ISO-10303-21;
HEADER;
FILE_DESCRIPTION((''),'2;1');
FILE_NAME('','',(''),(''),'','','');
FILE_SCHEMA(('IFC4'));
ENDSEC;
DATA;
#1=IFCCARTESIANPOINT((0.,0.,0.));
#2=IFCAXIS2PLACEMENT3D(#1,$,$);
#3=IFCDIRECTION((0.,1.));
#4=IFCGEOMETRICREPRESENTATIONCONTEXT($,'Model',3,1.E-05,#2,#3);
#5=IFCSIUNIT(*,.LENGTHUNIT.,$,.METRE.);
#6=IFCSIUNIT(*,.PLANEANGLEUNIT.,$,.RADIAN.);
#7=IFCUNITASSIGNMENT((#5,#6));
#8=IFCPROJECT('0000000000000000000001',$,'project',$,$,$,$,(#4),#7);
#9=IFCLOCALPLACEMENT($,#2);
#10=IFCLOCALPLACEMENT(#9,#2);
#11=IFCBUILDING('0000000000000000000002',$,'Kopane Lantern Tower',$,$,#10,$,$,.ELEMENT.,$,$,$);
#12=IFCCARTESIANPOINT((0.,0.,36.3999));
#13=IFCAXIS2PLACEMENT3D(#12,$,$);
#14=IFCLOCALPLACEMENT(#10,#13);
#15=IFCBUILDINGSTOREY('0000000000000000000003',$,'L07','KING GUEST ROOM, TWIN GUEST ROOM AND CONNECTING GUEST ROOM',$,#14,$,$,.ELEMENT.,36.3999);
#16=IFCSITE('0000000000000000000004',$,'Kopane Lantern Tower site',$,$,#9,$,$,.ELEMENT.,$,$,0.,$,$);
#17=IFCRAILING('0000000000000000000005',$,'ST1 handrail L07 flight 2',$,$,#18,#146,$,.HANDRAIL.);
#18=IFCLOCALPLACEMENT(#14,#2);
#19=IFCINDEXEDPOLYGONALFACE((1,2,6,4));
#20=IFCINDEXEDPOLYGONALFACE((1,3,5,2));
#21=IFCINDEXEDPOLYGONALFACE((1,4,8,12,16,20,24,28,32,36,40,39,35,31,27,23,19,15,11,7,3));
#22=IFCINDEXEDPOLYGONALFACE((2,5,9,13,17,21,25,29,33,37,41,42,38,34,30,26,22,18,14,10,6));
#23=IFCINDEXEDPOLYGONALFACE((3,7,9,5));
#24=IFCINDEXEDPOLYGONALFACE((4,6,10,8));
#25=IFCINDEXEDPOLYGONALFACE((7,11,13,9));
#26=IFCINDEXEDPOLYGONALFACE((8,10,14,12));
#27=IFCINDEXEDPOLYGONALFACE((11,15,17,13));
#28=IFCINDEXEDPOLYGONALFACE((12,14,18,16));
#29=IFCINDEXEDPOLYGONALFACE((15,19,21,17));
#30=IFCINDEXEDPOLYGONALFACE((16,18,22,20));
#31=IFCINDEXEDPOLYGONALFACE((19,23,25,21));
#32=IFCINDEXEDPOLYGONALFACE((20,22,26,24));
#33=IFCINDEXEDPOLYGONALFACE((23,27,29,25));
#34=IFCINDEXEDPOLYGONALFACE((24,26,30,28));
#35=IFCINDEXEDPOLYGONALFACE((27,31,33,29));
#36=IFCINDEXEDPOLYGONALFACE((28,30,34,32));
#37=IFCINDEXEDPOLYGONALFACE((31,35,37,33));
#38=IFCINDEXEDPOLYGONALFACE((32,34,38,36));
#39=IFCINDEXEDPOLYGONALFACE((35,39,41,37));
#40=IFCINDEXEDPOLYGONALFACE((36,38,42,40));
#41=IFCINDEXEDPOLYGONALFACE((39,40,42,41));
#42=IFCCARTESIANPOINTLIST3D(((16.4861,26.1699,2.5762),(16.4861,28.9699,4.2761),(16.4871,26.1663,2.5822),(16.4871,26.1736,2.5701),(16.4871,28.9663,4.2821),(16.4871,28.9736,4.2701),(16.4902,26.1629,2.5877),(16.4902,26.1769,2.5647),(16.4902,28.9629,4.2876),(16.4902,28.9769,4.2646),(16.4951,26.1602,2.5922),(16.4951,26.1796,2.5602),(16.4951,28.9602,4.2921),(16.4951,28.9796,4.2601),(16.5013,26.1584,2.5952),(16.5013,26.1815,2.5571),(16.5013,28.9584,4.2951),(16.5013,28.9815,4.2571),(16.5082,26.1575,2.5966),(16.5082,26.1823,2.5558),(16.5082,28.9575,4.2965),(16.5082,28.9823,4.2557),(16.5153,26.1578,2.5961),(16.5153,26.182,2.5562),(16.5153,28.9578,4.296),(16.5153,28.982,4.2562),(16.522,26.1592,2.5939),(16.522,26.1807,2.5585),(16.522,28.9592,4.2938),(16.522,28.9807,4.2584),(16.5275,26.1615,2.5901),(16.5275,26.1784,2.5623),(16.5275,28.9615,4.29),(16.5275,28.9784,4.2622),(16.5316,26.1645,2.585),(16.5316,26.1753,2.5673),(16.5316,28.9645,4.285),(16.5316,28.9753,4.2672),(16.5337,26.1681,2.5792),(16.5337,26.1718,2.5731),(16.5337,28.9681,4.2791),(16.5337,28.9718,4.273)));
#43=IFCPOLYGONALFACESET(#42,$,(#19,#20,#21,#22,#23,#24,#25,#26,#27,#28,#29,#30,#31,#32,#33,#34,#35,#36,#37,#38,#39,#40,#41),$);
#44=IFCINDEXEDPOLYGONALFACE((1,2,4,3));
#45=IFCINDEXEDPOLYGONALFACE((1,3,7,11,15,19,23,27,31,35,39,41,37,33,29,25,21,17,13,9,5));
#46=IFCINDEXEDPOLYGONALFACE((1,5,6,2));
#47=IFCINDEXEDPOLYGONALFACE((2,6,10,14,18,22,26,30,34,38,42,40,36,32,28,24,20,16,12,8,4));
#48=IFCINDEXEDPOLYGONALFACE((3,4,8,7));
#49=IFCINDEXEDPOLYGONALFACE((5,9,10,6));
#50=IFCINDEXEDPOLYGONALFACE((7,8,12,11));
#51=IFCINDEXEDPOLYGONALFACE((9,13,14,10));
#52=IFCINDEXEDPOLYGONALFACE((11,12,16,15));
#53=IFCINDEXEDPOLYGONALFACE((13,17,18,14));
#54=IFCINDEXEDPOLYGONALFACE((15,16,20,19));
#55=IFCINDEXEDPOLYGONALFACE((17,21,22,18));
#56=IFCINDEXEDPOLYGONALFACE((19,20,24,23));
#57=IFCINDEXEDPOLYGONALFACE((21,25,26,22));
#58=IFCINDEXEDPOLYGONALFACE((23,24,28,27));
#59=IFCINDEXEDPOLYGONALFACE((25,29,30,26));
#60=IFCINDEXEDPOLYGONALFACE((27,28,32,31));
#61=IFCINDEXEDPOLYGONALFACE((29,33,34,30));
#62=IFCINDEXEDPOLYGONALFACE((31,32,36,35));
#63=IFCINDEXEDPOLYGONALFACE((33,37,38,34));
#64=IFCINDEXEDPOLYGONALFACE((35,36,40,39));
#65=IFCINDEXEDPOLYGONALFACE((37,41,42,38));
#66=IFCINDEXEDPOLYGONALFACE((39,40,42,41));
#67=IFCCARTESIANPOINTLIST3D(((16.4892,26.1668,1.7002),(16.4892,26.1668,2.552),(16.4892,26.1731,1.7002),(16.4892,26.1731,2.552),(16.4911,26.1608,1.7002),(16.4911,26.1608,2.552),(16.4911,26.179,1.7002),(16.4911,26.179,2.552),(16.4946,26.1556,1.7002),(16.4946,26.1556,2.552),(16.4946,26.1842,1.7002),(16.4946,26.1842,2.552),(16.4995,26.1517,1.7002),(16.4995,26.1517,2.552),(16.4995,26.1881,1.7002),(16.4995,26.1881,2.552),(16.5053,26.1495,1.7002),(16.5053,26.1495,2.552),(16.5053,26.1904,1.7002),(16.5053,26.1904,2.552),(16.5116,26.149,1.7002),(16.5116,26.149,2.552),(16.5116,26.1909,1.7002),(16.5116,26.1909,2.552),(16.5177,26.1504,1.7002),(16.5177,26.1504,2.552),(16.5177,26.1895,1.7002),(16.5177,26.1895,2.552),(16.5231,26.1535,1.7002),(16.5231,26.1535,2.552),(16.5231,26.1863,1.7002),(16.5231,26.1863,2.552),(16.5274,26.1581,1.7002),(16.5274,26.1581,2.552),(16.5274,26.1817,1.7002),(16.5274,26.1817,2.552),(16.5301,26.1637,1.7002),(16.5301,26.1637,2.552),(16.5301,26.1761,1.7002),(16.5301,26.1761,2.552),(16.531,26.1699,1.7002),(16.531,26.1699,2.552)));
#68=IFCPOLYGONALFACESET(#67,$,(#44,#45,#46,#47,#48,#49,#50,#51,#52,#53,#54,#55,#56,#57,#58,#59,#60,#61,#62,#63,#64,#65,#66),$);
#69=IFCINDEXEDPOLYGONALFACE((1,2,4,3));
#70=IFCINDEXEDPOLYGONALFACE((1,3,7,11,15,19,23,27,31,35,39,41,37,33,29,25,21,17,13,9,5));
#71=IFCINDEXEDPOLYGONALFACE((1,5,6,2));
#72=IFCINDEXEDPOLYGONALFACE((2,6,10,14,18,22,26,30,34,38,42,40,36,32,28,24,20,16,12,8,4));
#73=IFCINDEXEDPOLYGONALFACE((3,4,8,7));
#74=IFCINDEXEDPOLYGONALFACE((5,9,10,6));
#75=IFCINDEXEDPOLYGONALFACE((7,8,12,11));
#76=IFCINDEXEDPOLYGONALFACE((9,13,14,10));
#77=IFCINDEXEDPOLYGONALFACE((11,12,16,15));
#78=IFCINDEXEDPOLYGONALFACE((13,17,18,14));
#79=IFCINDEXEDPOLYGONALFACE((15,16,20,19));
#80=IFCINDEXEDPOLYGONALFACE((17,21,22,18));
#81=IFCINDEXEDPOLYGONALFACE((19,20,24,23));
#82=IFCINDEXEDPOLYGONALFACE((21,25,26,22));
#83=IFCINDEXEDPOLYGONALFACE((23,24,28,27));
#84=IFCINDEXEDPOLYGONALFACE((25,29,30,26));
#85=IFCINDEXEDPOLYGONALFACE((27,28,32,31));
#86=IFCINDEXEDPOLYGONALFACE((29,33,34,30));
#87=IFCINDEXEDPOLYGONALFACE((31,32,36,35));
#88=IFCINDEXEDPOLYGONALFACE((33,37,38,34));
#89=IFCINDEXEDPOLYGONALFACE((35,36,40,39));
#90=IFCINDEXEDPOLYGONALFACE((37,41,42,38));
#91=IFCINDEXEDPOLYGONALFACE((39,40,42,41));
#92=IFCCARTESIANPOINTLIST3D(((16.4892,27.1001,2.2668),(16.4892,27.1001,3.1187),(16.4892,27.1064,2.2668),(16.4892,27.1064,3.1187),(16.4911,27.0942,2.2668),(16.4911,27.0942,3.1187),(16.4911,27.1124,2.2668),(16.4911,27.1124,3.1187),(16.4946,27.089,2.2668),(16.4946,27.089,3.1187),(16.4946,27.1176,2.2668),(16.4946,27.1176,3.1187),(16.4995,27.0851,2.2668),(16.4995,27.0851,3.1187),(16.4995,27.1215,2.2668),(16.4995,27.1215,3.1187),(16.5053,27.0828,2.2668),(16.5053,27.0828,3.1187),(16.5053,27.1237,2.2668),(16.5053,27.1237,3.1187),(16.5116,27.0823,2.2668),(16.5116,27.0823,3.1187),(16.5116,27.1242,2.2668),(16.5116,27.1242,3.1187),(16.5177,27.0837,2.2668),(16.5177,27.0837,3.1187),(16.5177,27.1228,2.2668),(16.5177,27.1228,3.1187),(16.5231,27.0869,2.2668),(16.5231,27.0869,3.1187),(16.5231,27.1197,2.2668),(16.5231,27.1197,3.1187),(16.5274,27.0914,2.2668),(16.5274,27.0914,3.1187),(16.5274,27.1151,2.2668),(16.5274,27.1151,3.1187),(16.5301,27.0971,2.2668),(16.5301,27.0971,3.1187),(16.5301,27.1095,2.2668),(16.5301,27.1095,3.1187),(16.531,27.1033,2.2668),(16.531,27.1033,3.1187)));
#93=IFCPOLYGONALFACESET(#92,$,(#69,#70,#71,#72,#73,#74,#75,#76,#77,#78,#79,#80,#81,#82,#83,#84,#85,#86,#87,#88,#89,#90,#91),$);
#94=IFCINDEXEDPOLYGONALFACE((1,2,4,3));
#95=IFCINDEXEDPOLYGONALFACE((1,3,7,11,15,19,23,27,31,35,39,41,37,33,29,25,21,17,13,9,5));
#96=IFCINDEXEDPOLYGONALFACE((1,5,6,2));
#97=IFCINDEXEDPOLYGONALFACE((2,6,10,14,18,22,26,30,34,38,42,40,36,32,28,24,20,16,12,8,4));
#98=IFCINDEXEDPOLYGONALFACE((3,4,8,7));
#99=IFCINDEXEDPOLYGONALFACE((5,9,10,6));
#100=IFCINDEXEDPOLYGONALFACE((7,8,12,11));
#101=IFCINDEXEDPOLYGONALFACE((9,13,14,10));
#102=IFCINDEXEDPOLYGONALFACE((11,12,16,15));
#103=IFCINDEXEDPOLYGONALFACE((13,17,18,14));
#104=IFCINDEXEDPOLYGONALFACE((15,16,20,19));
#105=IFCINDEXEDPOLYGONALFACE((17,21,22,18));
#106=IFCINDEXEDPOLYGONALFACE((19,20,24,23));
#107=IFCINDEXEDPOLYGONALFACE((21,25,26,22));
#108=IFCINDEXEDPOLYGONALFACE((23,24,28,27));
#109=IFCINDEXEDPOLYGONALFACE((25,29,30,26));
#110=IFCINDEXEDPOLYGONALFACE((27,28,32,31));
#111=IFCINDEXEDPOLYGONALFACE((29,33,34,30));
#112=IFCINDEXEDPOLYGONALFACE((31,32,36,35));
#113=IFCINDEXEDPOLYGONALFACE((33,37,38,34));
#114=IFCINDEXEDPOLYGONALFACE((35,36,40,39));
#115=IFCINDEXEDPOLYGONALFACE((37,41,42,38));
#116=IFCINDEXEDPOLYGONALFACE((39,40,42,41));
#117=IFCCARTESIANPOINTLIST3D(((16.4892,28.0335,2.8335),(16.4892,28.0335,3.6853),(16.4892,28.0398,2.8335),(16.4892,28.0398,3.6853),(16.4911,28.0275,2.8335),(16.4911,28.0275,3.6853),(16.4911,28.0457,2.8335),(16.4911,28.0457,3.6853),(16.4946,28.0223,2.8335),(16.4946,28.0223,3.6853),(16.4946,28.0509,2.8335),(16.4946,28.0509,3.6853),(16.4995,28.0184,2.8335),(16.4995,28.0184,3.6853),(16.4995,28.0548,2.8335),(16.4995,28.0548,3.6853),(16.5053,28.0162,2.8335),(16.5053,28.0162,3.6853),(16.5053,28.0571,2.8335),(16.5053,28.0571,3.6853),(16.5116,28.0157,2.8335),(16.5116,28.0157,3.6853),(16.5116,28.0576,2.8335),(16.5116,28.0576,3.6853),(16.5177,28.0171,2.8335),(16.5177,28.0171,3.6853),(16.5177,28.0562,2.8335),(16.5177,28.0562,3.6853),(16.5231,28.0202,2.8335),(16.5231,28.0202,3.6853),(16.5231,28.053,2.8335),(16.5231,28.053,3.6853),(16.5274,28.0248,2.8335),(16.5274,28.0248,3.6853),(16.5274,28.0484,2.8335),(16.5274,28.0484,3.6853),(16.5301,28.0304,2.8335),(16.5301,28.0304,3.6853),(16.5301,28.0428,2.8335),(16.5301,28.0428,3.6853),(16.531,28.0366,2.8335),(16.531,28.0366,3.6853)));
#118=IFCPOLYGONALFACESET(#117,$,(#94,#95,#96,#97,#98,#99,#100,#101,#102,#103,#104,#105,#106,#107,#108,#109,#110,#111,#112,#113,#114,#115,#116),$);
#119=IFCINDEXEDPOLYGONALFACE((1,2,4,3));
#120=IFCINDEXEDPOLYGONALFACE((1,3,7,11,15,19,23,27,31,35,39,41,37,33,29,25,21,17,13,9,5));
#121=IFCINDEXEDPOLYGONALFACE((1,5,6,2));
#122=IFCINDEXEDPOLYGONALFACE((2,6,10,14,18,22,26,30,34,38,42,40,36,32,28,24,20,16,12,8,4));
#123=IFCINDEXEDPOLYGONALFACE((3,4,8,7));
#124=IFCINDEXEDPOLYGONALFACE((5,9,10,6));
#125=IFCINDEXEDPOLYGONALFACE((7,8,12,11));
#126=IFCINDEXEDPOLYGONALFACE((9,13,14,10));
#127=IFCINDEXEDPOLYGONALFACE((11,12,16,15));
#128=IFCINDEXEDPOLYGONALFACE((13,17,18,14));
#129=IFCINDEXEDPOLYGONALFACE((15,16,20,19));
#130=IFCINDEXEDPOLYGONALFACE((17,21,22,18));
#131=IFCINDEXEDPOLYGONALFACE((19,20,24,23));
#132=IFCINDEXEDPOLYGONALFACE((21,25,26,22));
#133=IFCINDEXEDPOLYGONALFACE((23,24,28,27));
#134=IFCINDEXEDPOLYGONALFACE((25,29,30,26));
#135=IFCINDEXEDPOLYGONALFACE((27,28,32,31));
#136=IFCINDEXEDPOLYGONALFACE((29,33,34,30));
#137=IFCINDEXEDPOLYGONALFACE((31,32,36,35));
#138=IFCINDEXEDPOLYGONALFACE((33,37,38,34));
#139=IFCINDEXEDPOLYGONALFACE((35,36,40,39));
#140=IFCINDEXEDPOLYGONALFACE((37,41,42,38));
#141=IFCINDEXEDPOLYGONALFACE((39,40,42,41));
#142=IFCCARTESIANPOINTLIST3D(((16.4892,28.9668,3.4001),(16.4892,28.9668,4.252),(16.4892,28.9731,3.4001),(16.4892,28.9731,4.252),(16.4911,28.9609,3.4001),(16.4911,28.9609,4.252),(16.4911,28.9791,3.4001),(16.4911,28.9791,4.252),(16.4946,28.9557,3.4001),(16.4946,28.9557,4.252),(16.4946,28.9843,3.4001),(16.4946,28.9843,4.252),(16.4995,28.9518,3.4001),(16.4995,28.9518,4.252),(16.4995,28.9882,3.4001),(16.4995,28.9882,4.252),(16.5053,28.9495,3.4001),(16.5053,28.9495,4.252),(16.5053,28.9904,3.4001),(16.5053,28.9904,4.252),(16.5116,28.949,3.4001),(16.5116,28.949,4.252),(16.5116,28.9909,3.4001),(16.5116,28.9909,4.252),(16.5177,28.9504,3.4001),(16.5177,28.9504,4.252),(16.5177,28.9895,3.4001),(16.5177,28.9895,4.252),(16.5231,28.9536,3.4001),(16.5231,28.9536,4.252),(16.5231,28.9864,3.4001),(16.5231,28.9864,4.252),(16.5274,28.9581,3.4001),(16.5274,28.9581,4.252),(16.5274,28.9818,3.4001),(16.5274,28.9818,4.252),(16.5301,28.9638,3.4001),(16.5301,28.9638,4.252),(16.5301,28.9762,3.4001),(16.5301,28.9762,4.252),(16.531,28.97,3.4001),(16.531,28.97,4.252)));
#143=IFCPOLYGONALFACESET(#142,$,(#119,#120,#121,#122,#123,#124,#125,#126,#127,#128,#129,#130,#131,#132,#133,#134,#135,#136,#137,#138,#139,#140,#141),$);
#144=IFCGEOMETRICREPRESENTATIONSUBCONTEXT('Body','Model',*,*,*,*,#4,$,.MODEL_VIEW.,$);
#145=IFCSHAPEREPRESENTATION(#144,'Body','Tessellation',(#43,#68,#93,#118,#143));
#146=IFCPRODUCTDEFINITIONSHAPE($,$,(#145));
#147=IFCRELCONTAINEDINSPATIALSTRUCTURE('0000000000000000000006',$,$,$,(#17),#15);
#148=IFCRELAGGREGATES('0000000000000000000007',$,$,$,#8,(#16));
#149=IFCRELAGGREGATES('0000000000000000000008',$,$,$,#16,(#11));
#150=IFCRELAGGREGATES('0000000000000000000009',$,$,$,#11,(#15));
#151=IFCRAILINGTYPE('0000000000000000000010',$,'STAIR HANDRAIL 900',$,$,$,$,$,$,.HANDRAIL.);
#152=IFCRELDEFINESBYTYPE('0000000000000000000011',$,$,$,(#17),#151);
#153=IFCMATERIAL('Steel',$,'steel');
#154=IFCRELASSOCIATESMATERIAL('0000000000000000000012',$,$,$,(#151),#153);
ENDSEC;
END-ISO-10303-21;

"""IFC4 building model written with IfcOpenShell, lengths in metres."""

from ifc_helpers import new_model, si_unit, direction, frame, origin, origin_2d, place, context, subcontext, project, spatial, circle, extrude, material, type_object, element, save


model = new_model("IFC4")

# Units and contexts
model_context = context("Model", 3, precision=1e-05, world=origin(), true_north=direction((0.0, 1.0)))
body_context = subcontext(model_context, "Body", "Model", "MODEL_VIEW")
ifc_project = project(units=[si_unit("LENGTHUNIT", "METRE"), si_unit("PLANEANGLEUNIT", "RADIAN")], contexts=[model_context])

# Site, building, storey
site_placement = place(None, origin())
site = spatial("IfcSite", under=ifc_project, at=site_placement, Name="Kopane Lantern Tower site", CompositionType="ELEMENT", RefElevation=0.0)
building_placement = place(site_placement, origin())
building = spatial("IfcBuilding", under=site, at=building_placement, Name="Kopane Lantern Tower", CompositionType="ELEMENT")
storey_placement = place(building_placement, frame((0.0, 0.0, 36.3999)))
storey = spatial("IfcBuildingStorey", under=building, at=storey_placement, Name="L07", Description="KING GUEST ROOM, TWIN GUEST ROOM AND CONNECTING GUEST ROOM", CompositionType="ELEMENT", Elevation=36.3999)

# Railing
ifc_material_1 = material(Name="Steel", Category="steel")
railing_type_1 = type_object("IfcRailingType", Name="STAIR HANDRAIL 900", PredefinedType="HANDRAIL", material=ifc_material_1)
for number, where, name in (
    (1, (16.51, 26.1699, 1.7002), "ST1 handrail L07 flight 2"),
):
    element("IfcRailing", number, at=place(storey_placement, frame(where)), inside=storey, type_object=railing_type_1, Name=name, PredefinedType="HANDRAIL", context=body_context, shape_type="SweptSolid", body=[
        extrude(circle(Radius=0.0239, at=origin_2d()), frame((0.0, 0.0, 0.876), z_axis=(0.0, 0.854798, 0.518961), x_axis=(-1.0, 0.0, 0.0)), (0.0, 0.0, 1.0), 3.2756),
        extrude(circle(Radius=0.021, at=origin_2d()), origin(), (0.0, 0.0, 1.0), 0.8518),
        extrude(circle(Radius=0.021, at=origin_2d()), frame((0.0, 0.9333, 0.5667)), (0.0, 0.0, 1.0), 0.8518),
        extrude(circle(Radius=0.021, at=origin_2d()), frame((0.0, 1.8667, 1.1333)), (0.0, 0.0, 1.0), 0.8518),
        extrude(circle(Radius=0.021, at=origin_2d()), frame((0.0, 2.8, 1.7)), (0.0, 0.0, 1.0), 0.8518),
    ])

save(model, "model.ifc")
